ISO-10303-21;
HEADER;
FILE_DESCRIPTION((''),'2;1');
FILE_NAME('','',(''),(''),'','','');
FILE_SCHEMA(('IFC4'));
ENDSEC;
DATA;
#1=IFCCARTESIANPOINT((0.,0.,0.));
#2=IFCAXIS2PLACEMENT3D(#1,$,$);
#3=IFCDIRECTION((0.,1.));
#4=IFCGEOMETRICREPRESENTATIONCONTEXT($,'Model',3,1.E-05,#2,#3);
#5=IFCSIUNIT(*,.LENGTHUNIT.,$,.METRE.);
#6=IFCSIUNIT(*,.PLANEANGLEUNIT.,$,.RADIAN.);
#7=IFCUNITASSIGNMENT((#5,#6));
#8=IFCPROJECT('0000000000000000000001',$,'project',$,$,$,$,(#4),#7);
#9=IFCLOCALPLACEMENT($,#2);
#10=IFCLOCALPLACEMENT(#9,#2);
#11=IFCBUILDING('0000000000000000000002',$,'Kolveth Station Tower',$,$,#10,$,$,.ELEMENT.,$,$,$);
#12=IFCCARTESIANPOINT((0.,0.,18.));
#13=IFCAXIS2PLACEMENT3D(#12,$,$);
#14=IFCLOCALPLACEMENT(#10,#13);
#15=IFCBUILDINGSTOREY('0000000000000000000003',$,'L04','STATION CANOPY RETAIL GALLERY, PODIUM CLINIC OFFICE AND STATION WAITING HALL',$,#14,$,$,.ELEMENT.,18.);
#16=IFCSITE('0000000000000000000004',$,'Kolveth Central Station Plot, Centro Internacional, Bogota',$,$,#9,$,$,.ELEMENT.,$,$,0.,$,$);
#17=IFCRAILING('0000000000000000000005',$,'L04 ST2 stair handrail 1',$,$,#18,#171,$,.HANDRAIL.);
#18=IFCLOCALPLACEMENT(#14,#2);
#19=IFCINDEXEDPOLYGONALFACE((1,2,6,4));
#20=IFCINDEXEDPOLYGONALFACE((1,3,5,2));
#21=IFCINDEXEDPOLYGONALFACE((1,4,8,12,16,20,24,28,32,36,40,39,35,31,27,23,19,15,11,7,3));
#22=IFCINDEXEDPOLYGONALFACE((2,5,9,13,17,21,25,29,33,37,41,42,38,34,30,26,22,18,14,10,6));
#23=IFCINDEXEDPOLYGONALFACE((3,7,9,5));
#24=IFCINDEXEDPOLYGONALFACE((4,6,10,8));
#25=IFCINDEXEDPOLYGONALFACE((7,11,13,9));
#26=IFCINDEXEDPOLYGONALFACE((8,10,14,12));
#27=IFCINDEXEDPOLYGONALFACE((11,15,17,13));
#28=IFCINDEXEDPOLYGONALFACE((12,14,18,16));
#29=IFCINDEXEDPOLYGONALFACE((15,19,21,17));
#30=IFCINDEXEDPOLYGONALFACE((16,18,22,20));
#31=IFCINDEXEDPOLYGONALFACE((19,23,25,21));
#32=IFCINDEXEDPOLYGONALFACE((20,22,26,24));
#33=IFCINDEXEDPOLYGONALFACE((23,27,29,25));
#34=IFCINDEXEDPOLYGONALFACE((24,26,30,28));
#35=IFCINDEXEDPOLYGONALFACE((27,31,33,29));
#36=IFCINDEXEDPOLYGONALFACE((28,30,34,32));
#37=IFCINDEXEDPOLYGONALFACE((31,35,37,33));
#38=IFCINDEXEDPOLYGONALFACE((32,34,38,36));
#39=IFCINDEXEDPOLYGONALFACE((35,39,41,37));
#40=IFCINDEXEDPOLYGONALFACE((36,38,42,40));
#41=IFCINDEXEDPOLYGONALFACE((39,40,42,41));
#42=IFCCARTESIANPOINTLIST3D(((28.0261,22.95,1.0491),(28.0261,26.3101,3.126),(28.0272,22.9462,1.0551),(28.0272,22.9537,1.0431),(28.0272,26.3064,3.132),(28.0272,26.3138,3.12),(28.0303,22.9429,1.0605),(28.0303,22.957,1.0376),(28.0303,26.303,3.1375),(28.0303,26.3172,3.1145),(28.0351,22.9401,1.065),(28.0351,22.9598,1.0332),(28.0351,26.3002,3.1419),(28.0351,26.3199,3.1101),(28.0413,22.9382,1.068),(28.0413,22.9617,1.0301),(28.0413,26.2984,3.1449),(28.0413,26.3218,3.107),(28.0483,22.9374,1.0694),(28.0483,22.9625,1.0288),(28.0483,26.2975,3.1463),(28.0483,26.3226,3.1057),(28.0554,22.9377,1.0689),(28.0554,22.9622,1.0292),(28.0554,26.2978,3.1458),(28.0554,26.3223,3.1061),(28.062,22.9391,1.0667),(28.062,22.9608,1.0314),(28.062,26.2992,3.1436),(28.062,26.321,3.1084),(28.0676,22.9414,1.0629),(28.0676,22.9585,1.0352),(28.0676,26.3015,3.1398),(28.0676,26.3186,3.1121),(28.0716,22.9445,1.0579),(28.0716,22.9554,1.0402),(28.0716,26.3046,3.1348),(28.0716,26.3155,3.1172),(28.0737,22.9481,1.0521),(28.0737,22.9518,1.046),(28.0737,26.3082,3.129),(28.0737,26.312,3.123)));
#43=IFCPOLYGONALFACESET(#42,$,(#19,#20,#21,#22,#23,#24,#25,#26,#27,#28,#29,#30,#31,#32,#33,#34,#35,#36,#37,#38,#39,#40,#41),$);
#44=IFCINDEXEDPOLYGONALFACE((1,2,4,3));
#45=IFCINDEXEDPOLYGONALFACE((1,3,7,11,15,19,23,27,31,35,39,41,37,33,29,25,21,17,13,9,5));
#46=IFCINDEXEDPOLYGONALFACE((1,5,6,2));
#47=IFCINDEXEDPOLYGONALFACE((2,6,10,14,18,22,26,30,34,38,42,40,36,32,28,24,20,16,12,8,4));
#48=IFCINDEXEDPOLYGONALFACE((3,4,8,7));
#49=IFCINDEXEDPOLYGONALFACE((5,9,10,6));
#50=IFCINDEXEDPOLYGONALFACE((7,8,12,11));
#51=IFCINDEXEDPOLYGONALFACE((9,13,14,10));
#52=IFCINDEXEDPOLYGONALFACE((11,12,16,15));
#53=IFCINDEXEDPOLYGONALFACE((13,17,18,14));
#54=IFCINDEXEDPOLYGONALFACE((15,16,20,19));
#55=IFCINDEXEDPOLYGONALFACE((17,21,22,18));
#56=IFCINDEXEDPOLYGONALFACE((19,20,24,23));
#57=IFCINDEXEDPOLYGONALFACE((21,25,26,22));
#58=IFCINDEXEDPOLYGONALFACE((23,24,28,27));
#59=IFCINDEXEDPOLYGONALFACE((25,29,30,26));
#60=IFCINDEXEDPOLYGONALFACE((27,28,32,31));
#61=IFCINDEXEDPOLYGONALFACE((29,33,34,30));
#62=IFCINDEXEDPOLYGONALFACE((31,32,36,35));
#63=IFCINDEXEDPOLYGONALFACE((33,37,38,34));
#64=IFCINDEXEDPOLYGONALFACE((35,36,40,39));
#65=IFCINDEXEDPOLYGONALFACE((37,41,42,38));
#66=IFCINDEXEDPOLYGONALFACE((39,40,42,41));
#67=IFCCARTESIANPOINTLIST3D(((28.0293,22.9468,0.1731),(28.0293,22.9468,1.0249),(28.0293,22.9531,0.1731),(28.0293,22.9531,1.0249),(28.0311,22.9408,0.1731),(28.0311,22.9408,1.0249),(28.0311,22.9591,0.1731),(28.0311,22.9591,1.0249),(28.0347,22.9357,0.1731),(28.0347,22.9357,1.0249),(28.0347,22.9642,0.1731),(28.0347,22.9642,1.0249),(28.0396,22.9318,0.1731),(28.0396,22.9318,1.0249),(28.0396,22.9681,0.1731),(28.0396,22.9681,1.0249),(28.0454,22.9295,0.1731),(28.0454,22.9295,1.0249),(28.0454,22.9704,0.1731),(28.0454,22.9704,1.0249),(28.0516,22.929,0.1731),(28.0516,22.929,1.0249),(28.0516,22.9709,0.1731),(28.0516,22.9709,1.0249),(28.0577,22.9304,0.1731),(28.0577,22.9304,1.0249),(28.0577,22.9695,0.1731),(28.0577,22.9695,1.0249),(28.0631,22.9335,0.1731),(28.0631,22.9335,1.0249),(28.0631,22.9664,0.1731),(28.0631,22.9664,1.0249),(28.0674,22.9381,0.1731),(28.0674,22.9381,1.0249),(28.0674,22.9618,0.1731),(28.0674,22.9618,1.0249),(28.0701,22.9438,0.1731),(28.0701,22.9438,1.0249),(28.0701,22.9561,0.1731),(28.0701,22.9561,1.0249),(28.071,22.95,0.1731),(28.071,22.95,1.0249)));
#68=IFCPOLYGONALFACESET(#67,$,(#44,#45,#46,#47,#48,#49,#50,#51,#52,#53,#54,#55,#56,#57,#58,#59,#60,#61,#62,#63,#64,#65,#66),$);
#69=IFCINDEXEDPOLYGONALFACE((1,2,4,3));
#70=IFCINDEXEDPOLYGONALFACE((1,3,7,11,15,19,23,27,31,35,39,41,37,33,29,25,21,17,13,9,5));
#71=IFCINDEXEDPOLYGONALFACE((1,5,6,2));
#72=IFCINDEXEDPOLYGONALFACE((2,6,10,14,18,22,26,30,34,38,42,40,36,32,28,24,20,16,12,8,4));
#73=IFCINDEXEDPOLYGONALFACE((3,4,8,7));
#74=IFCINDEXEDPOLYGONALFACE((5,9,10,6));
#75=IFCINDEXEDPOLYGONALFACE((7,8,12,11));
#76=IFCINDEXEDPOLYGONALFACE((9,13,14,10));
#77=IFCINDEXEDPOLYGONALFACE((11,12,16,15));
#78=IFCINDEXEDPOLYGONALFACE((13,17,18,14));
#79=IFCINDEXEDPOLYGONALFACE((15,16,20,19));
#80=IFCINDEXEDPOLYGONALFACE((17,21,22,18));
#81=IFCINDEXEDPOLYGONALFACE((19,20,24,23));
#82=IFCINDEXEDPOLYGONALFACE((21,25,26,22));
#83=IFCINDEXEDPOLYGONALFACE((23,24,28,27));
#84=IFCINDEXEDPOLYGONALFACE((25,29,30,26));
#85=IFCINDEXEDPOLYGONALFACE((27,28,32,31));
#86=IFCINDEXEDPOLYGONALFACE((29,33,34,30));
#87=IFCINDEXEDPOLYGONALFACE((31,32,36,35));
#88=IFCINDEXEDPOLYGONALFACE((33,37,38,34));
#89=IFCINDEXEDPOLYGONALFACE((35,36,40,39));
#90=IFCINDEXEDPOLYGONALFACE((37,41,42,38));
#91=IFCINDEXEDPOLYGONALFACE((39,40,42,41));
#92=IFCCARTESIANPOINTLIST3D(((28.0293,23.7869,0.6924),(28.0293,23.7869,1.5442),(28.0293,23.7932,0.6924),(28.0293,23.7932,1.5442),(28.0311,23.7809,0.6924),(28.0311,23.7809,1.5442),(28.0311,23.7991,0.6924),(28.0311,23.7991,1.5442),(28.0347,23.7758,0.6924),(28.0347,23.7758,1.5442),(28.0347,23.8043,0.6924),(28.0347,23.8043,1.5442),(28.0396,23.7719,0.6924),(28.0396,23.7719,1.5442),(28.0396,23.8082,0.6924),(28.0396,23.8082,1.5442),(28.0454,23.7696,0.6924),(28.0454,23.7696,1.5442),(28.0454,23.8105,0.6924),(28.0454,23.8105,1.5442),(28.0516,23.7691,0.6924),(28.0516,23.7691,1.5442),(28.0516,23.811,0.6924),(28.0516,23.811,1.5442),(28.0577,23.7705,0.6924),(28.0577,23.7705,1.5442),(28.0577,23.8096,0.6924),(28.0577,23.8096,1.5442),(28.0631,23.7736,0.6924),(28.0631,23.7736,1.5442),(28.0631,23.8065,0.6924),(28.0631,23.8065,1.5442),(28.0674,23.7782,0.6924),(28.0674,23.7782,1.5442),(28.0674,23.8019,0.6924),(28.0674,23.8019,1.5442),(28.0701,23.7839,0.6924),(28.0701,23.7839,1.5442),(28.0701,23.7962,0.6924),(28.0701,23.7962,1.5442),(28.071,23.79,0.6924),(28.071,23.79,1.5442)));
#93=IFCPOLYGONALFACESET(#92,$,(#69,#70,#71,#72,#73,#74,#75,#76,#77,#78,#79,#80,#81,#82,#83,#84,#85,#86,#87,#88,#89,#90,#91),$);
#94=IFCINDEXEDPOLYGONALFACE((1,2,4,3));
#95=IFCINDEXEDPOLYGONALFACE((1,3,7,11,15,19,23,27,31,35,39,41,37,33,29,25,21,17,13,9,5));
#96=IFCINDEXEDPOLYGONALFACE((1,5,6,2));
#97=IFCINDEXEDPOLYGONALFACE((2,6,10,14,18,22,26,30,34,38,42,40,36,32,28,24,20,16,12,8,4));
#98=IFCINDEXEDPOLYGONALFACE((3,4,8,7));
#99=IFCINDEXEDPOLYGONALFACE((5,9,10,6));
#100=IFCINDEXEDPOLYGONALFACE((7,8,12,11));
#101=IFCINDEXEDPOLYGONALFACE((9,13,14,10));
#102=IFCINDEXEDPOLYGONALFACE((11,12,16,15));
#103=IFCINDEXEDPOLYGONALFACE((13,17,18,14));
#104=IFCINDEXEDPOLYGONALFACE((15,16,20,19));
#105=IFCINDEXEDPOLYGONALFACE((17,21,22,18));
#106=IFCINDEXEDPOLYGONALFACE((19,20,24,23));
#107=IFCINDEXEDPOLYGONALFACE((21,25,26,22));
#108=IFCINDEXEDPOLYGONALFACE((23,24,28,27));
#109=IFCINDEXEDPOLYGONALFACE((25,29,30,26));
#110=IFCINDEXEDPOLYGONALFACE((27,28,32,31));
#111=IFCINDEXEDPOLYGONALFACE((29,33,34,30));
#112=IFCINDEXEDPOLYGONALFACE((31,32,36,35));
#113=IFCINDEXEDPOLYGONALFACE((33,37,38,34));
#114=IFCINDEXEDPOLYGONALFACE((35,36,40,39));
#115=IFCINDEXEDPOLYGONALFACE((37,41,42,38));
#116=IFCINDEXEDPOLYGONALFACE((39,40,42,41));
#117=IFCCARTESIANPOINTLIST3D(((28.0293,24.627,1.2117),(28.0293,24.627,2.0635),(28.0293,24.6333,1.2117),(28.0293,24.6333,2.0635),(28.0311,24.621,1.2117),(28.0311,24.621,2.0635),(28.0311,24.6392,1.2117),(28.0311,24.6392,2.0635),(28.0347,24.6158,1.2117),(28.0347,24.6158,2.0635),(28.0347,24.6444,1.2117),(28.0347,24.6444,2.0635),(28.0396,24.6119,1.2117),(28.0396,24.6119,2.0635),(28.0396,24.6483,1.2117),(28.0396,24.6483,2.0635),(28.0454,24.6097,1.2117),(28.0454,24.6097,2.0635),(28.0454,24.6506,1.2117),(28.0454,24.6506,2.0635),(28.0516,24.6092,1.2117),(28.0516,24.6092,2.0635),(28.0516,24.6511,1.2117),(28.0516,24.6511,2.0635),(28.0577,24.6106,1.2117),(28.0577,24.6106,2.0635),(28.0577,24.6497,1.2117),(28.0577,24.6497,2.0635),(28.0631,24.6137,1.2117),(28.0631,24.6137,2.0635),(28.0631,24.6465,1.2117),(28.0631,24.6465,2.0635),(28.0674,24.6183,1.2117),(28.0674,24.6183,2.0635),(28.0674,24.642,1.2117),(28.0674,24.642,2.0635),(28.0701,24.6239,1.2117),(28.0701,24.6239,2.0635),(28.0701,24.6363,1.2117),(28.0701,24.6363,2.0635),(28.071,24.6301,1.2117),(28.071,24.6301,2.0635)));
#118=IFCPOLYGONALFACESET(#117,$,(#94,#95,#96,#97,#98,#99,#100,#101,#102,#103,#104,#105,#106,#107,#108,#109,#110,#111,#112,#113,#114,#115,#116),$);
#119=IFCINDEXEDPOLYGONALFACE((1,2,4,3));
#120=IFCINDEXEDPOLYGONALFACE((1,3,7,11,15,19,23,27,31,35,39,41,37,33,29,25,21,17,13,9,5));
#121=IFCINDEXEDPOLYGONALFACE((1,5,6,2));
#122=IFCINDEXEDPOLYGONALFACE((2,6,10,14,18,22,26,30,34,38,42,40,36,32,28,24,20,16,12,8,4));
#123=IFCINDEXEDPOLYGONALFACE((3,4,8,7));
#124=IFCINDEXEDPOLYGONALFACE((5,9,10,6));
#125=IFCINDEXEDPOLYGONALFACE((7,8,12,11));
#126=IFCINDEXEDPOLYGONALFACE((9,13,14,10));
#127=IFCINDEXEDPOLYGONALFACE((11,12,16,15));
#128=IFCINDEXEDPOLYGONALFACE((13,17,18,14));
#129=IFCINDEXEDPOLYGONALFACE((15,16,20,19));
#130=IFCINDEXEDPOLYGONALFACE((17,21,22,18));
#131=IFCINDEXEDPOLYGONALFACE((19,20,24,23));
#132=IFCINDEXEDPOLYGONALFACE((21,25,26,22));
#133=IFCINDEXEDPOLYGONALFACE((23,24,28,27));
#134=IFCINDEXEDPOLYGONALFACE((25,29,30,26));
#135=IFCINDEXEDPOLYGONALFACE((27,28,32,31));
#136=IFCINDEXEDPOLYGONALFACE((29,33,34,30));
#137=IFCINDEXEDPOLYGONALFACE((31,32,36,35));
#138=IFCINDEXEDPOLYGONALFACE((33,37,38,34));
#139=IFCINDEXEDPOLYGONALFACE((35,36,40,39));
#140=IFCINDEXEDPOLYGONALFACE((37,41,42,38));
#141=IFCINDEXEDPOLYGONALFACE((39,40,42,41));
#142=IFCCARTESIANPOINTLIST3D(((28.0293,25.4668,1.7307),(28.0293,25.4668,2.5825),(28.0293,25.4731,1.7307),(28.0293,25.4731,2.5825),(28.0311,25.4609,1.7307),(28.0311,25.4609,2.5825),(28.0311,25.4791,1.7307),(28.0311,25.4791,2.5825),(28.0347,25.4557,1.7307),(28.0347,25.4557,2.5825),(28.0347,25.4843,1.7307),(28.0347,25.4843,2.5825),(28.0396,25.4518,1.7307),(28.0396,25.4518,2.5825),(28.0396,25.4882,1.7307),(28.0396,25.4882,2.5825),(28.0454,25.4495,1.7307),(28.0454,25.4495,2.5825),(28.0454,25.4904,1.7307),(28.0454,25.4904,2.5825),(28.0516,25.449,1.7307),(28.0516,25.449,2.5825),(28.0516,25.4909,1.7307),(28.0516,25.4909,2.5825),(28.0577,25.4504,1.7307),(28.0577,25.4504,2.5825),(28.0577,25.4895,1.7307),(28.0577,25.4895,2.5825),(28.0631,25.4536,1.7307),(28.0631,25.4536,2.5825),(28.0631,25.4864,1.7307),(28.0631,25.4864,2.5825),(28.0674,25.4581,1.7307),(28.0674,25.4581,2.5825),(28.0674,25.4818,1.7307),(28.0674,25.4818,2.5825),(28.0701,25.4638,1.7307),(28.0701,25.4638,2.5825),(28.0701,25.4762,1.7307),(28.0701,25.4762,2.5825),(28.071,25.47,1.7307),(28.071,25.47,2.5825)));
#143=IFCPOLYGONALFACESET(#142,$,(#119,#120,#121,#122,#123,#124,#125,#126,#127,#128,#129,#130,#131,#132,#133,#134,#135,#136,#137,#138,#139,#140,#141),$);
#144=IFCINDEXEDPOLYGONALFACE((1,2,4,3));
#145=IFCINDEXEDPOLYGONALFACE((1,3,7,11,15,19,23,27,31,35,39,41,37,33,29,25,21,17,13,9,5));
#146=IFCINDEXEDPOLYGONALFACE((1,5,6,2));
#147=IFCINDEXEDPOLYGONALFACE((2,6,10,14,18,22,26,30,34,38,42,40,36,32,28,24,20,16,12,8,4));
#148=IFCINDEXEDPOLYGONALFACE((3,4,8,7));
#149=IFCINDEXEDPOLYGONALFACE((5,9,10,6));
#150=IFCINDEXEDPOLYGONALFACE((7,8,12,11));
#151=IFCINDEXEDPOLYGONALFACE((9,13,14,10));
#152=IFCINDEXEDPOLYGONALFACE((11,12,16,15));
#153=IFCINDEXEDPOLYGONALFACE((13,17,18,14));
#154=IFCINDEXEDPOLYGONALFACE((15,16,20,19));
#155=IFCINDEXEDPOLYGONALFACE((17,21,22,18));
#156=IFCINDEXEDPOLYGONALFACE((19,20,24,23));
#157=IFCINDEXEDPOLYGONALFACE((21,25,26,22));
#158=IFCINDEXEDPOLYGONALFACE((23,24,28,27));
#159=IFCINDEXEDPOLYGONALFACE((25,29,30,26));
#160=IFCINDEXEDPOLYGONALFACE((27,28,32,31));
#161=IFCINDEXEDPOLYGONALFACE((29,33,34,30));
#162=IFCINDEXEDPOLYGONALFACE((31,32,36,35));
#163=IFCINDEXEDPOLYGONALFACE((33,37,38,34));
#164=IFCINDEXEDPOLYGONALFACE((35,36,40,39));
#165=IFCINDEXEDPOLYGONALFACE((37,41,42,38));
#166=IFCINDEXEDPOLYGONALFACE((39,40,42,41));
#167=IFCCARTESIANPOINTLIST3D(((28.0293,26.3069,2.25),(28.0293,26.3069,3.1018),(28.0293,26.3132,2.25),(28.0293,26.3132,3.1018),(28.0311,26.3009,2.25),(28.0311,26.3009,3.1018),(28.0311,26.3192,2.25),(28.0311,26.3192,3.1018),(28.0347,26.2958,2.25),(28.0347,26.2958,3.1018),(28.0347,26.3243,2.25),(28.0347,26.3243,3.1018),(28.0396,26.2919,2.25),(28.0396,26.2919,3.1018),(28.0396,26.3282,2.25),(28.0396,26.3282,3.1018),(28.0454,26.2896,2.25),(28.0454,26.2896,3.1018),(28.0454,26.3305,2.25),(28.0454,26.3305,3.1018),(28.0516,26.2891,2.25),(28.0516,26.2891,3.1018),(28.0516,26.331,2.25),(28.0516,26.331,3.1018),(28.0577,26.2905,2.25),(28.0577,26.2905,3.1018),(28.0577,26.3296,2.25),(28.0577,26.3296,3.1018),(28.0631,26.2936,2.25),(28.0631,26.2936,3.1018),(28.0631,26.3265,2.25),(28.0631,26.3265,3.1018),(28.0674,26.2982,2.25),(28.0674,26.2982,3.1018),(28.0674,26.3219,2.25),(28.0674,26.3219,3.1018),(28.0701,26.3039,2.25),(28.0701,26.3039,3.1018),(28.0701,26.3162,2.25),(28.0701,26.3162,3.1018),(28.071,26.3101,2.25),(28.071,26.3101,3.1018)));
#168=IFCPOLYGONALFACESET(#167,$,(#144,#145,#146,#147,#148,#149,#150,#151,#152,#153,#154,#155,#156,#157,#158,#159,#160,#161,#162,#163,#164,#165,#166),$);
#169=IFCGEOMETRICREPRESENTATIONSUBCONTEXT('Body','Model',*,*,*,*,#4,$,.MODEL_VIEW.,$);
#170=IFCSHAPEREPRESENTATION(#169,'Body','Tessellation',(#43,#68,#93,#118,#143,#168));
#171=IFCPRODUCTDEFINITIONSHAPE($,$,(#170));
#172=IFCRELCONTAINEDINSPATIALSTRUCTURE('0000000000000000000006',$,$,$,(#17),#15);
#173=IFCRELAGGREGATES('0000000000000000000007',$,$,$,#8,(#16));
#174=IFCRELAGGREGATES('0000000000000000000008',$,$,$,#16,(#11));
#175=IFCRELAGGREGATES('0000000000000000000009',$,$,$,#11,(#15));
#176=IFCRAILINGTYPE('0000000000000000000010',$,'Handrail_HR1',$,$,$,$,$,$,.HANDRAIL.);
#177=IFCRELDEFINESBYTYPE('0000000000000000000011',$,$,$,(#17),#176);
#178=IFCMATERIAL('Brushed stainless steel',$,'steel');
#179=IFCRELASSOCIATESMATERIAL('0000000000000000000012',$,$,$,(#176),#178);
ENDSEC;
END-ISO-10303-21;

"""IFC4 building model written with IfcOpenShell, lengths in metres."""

from ifc_helpers import new_model, si_unit, direction, frame, origin, origin_2d, place, context, subcontext, project, spatial, circle, extrude, material, type_object, element, save


model = new_model("IFC4")

# Units and contexts
model_context = context("Model", 3, precision=1e-05, world=origin(), true_north=direction((0.0, 1.0)))
body_context = subcontext(model_context, "Body", "Model", "MODEL_VIEW")
ifc_project = project(units=[si_unit("LENGTHUNIT", "METRE"), si_unit("PLANEANGLEUNIT", "RADIAN")], contexts=[model_context])

# Site, building, storey
site_placement = place(None, origin())
site = spatial("IfcSite", under=ifc_project, at=site_placement, Name="Kolveth Central Station Plot, Centro Internacional, Bogota", CompositionType="ELEMENT", RefElevation=0.0)
building_placement = place(site_placement, origin())
building = spatial("IfcBuilding", under=site, at=building_placement, Name="Kolveth Station Tower", CompositionType="ELEMENT")
storey_placement = place(building_placement, frame((0.0, 0.0, 18.0)))
storey = spatial("IfcBuildingStorey", under=building, at=storey_placement, Name="L04", Description="STATION CANOPY RETAIL GALLERY, PODIUM CLINIC OFFICE AND STATION WAITING HALL", CompositionType="ELEMENT", Elevation=18.0)

# Railing
ifc_material_1 = material(Name="Brushed stainless steel", Category="steel")
railing_type_1 = type_object("IfcRailingType", Name="Handrail_HR1", PredefinedType="HANDRAIL", material=ifc_material_1)
railing_1_placement = place(storey_placement, frame((28.05, 22.95, 0.1731)))
element("IfcRailing", 1, at=railing_1_placement, inside=storey, type_object=railing_type_1, Name="L04 ST2 stair handrail 1", PredefinedType="HANDRAIL", context=body_context, shape_type="SweptSolid", body=[
    extrude(circle(Radius=0.0239, at=origin_2d()), frame((0.0, 0.0, 0.876), z_axis=(0.0, 0.850623, 0.525776), x_axis=(-1.0, 0.0, 0.0)), (0.0, 0.0, 1.0), 3.9502),
    extrude(circle(Radius=0.021, at=origin_2d()), origin(), (0.0, 0.0, 1.0), 0.8518),
    extrude(circle(Radius=0.021, at=origin_2d()), frame((0.0, 0.8401, 0.5193)), (0.0, 0.0, 1.0), 0.8518),
    extrude(circle(Radius=0.021, at=origin_2d()), frame((0.0, 1.6802, 1.0386)), (0.0, 0.0, 1.0), 0.8518),
    extrude(circle(Radius=0.021, at=origin_2d()), frame((0.0, 2.52, 1.5576)), (0.0, 0.0, 1.0), 0.8518),
    extrude(circle(Radius=0.021, at=origin_2d()), frame((0.0, 3.3601, 2.0769)), (0.0, 0.0, 1.0), 0.8518),
])

save(model, "model.ifc")
